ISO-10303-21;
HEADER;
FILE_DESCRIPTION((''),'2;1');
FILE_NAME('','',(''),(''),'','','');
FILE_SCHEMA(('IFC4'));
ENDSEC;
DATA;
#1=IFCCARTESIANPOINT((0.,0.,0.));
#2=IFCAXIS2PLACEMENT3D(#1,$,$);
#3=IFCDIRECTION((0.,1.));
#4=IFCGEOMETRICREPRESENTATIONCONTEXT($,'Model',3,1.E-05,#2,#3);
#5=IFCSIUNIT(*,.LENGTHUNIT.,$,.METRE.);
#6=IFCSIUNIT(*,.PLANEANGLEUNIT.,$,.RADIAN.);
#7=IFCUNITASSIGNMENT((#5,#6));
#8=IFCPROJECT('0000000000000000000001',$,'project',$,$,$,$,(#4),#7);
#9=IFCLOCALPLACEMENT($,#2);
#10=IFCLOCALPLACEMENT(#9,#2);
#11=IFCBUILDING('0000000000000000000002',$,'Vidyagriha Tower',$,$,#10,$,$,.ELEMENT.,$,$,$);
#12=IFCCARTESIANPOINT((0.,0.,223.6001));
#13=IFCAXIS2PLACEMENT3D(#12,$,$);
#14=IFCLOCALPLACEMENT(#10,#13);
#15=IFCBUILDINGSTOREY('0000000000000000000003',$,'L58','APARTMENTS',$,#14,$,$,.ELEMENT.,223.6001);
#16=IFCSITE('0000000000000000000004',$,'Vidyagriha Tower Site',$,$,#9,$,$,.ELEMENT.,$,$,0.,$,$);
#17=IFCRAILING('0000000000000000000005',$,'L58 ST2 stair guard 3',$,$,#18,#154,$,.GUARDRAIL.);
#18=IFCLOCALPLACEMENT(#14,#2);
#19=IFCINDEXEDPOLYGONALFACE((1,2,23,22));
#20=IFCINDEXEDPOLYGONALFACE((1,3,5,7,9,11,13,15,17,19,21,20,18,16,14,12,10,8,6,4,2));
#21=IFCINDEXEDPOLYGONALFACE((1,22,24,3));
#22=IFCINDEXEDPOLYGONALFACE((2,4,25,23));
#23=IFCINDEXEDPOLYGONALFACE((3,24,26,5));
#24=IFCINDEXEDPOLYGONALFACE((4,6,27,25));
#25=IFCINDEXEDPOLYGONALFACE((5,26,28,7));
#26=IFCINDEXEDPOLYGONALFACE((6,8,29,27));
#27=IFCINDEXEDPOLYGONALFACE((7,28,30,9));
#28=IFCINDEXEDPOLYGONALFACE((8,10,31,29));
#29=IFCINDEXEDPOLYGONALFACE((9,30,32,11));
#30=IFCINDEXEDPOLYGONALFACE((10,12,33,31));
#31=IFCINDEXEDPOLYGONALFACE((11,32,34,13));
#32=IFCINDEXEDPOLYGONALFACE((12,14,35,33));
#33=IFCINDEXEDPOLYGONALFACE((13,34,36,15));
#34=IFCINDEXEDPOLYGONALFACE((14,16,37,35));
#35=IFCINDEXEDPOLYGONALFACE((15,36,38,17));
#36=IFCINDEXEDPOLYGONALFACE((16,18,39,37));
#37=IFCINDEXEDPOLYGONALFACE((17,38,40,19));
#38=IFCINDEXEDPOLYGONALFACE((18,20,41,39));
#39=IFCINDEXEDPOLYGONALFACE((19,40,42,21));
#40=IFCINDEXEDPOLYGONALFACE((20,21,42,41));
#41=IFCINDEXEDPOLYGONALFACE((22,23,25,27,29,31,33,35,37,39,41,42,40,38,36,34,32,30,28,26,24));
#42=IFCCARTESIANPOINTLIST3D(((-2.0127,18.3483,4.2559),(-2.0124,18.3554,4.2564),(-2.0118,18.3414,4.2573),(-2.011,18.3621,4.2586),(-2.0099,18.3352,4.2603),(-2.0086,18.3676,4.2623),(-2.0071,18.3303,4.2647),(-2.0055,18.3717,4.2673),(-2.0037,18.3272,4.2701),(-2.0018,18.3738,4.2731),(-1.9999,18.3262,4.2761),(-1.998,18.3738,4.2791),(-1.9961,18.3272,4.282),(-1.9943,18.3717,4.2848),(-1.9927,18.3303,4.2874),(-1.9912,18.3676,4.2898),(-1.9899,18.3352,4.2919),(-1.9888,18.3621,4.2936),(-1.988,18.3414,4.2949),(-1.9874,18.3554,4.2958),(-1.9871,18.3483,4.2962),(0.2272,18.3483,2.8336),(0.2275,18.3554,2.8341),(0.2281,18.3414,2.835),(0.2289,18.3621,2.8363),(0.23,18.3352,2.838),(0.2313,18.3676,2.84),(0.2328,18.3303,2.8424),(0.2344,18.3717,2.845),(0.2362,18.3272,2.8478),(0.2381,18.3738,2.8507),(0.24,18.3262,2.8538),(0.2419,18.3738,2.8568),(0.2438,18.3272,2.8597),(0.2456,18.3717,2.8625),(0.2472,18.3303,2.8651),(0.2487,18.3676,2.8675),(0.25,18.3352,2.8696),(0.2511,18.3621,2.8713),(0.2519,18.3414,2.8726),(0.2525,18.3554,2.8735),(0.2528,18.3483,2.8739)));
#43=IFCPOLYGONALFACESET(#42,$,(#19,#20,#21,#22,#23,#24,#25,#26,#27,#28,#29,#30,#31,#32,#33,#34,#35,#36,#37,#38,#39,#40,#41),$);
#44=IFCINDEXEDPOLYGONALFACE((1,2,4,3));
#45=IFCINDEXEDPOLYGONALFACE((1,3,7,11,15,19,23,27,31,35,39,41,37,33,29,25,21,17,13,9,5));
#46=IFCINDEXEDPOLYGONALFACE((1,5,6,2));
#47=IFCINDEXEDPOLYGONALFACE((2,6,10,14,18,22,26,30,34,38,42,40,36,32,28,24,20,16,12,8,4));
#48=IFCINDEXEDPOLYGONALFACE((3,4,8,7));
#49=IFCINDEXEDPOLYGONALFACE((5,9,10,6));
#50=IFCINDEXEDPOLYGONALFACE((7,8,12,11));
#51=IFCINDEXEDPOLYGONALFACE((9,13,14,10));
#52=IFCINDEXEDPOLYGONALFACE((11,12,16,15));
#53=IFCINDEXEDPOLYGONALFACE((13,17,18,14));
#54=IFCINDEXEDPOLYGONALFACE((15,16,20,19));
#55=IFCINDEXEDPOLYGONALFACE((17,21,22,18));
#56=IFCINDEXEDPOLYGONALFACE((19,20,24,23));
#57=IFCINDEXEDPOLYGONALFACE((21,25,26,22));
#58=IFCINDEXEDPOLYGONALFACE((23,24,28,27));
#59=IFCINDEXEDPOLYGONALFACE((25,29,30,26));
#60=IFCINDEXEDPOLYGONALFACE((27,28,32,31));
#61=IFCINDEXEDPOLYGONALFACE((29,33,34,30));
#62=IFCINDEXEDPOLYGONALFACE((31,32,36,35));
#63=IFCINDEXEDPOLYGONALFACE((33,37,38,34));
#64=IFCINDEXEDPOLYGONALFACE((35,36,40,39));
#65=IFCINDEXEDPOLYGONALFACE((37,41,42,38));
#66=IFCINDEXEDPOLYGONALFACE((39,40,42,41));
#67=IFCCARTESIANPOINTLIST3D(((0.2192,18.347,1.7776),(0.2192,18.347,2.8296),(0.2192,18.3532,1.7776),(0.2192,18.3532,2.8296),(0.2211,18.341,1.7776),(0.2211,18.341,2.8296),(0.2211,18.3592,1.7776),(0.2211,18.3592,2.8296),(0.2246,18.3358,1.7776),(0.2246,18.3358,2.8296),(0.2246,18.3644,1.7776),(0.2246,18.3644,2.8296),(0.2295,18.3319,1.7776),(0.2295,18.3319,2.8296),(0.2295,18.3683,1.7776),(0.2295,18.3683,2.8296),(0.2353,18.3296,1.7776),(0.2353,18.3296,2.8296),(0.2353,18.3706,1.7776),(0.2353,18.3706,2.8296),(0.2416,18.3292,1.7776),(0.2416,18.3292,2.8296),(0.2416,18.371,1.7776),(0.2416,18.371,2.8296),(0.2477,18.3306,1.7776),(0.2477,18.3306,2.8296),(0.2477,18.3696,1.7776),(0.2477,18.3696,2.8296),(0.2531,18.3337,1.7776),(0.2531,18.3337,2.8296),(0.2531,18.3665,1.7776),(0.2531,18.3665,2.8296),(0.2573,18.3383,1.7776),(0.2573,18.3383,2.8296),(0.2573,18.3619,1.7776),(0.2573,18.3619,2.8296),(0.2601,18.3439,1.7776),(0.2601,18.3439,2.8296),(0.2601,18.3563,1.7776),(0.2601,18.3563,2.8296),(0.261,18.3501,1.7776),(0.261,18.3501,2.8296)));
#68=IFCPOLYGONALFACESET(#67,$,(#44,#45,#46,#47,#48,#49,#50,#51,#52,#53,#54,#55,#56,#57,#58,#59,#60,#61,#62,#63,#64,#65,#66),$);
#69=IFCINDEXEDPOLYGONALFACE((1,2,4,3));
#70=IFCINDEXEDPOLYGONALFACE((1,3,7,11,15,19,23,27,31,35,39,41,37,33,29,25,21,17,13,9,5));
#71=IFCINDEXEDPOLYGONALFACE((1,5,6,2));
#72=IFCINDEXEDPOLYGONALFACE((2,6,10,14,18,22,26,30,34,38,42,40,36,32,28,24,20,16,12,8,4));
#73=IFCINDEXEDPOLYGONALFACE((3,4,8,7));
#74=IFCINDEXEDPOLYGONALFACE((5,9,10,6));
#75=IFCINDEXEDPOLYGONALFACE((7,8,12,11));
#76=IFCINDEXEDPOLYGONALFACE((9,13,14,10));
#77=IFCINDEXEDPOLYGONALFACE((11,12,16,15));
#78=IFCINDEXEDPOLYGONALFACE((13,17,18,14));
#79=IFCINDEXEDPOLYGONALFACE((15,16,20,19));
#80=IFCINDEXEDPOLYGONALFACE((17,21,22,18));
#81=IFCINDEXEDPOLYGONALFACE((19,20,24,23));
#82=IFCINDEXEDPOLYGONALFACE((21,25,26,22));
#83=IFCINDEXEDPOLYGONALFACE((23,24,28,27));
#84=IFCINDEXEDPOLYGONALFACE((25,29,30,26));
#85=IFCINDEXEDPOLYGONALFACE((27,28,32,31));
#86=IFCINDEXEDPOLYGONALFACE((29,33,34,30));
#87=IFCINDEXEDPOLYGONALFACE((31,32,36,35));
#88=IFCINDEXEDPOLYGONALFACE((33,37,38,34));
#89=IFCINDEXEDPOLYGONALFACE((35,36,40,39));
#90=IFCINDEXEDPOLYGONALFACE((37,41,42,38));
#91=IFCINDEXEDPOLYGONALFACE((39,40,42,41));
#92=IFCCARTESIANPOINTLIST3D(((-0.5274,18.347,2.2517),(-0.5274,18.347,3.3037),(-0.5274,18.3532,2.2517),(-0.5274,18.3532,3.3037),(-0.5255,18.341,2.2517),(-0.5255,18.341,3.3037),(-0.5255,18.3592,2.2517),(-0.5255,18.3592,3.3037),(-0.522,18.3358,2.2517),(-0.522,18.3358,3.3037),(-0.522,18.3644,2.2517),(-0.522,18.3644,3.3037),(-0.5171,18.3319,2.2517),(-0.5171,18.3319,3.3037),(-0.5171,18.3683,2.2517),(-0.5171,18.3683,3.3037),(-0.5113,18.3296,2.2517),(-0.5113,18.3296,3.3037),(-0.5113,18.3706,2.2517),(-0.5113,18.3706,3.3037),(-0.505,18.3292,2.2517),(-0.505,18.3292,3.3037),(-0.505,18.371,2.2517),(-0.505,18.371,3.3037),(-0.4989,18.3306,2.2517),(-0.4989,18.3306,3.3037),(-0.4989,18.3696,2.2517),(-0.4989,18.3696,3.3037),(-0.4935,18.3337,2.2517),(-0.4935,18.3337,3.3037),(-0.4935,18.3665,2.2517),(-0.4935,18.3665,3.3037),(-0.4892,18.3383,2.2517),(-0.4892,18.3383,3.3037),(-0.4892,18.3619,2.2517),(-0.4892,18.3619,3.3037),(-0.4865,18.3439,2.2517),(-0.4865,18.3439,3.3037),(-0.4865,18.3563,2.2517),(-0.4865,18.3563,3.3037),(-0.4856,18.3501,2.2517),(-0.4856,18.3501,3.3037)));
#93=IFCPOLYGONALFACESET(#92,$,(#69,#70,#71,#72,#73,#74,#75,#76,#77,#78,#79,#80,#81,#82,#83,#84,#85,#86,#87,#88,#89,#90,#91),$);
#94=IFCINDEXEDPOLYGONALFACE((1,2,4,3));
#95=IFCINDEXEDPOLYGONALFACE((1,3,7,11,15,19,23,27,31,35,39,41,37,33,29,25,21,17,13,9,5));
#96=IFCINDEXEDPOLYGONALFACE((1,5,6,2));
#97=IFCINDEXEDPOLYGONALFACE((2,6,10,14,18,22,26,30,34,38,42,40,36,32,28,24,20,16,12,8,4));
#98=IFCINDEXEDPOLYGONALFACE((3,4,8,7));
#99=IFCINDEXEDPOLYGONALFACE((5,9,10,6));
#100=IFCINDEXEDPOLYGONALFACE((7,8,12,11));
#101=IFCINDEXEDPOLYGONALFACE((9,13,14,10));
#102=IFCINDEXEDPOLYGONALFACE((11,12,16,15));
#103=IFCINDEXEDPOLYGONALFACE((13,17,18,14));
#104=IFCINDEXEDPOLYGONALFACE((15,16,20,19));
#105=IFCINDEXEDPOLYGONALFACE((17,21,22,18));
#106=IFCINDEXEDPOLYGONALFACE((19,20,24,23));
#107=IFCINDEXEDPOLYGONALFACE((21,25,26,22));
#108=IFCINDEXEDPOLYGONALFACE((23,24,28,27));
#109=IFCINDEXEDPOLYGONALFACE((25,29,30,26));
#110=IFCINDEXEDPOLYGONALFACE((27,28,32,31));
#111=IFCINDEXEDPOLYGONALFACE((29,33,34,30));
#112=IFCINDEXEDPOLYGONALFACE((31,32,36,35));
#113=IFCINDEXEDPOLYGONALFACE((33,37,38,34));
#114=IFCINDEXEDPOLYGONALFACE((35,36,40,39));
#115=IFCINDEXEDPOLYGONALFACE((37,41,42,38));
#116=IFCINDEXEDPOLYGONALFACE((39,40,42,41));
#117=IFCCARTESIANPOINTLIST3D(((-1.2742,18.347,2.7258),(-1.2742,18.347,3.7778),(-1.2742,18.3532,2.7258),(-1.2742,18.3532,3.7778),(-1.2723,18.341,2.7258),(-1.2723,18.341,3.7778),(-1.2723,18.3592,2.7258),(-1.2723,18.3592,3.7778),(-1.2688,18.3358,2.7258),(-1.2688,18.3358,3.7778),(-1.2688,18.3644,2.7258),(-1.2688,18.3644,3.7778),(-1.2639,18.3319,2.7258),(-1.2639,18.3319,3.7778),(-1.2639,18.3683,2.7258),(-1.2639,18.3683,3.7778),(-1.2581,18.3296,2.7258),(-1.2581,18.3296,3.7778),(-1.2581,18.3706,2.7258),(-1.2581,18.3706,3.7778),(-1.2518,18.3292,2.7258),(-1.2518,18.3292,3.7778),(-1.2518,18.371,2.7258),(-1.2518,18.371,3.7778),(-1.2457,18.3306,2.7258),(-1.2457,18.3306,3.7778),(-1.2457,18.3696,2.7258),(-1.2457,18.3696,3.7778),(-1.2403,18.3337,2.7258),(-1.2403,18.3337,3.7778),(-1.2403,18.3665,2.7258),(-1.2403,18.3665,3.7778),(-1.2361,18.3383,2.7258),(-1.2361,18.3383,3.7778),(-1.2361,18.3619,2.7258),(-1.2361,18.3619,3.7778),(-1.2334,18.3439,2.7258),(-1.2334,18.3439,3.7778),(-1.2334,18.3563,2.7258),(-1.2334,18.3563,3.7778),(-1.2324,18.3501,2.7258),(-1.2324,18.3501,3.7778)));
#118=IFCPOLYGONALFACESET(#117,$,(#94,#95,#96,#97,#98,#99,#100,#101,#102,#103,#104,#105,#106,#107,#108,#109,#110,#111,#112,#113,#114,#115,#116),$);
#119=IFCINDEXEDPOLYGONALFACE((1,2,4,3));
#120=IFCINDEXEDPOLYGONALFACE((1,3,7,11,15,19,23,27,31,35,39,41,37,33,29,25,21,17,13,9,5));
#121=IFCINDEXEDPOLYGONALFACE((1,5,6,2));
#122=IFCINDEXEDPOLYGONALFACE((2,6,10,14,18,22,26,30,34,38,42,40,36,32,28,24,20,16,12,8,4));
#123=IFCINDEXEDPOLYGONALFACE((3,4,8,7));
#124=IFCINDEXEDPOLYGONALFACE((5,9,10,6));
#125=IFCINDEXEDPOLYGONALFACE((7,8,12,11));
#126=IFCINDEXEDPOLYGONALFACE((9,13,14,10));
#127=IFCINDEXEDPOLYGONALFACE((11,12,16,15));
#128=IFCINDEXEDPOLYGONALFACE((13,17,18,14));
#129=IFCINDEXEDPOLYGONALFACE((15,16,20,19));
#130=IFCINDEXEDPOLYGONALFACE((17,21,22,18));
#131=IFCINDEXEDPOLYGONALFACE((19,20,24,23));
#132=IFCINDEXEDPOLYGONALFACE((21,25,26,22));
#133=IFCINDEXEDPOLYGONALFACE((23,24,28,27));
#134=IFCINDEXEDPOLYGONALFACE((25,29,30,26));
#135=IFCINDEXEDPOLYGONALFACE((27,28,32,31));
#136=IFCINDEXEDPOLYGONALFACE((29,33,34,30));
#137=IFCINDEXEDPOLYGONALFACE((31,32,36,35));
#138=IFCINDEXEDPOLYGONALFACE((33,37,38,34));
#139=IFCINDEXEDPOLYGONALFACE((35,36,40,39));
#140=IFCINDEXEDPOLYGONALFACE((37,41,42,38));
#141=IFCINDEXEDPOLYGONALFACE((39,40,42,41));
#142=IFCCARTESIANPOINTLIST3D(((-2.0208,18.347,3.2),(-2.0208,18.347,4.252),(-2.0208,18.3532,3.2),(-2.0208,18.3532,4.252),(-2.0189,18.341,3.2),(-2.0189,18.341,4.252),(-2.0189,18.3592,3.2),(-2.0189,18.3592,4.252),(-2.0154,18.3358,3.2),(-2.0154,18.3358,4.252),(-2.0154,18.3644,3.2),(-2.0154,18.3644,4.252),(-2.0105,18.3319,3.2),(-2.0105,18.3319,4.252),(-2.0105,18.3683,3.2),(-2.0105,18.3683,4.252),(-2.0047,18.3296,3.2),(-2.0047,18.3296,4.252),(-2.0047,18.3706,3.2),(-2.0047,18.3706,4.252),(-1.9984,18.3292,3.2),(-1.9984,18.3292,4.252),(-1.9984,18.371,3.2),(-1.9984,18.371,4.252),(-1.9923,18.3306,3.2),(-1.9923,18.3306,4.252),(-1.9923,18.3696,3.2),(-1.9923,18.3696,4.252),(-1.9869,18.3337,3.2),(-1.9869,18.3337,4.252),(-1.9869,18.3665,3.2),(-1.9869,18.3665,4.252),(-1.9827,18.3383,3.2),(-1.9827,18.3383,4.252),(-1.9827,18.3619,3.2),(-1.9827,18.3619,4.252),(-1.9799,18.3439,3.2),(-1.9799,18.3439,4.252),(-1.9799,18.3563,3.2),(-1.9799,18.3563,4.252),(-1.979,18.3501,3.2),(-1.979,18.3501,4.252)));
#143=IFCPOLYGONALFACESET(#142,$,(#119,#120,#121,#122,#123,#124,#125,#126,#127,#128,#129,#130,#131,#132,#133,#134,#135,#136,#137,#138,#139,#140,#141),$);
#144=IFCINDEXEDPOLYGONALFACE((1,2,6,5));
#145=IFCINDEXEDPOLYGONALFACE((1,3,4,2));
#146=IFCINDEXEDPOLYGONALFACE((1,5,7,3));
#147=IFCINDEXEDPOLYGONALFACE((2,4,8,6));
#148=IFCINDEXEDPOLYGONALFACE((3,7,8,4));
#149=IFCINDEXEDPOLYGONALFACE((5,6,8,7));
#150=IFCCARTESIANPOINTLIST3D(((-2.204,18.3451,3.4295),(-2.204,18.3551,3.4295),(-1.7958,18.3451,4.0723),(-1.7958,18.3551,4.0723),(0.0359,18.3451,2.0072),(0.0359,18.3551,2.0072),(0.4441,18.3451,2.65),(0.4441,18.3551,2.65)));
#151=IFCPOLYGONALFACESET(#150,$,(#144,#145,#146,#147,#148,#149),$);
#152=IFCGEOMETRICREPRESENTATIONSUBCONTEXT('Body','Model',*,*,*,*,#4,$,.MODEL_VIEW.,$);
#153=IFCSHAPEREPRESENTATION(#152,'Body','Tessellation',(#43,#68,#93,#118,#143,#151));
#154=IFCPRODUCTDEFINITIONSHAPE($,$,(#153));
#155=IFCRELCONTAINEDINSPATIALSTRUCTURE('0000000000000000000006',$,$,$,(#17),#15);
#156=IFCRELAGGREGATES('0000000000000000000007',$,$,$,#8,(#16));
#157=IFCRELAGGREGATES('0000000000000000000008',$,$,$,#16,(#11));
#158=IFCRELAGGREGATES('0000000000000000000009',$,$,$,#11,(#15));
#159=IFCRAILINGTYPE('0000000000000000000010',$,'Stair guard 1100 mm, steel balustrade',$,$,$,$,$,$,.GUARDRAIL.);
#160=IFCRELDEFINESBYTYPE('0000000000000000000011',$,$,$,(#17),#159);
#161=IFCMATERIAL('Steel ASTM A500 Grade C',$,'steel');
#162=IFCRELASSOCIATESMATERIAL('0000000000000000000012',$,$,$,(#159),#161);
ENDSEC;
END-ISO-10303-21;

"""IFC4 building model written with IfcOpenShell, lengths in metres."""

from ifc_helpers import new_model, si_unit, direction, frame, origin, origin_2d, place, context, subcontext, project, spatial, rectangle, circle, extrude, material, type_object, element, save


model = new_model("IFC4")

# Units and contexts
model_context = context("Model", 3, precision=1e-05, world=origin(), true_north=direction((0.0, 1.0)))
body_context = subcontext(model_context, "Body", "Model", "MODEL_VIEW")
ifc_project = project(units=[si_unit("LENGTHUNIT", "METRE"), si_unit("PLANEANGLEUNIT", "RADIAN")], contexts=[model_context])

# Site, building, storey
site_placement = place(None, origin())
site = spatial("IfcSite", under=ifc_project, at=site_placement, Name="Vidyagriha Tower Site", CompositionType="ELEMENT", RefElevation=0.0)
building_placement = place(site_placement, origin())
building = spatial("IfcBuilding", under=site, at=building_placement, Name="Vidyagriha Tower", CompositionType="ELEMENT")
storey_placement = place(building_placement, frame((0.0, 0.0, 223.6001)))
storey = spatial("IfcBuildingStorey", under=building, at=storey_placement, Name="L58", Description="APARTMENTS", CompositionType="ELEMENT", Elevation=223.6001)

# Railing
ifc_material_1 = material(Name="Steel ASTM A500 Grade C", Category="steel")
railing_type_1 = type_object("IfcRailingType", Name="Stair guard 1100 mm, steel balustrade", PredefinedType="GUARDRAIL", material=ifc_material_1)
railing_1_placement = place(storey_placement, frame((0.24, 18.3501, 1.7776)))
element("IfcRailing", 1, at=railing_1_placement, inside=storey, type_object=railing_type_1, Name="L58 ST2 stair guard 3", PredefinedType="GUARDRAIL", context=body_context, shape_type="SweptSolid", body=[
    extrude(circle(Radius=0.0239, at=origin_2d()), frame((0.0, 0.0, 1.0762), z_axis=(-0.844188, 0.0, 0.536048), x_axis=(0.0, -1.0, 0.0)), (0.0, 0.0, 1.0), 2.6533),
    extrude(circle(Radius=0.021, at=origin_2d()), origin(), (0.0, 0.0, 1.0), 1.052),
    extrude(circle(Radius=0.021, at=origin_2d()), frame((-0.7466, 0.0, 0.4741)), (0.0, 0.0, 1.0), 1.052),
    extrude(circle(Radius=0.021, at=origin_2d()), frame((-1.4934, 0.0, 0.9482)), (0.0, 0.0, 1.0), 1.052),
    extrude(circle(Radius=0.021, at=origin_2d()), frame((-2.24, 0.0, 1.4224)), (0.0, 0.0, 1.0), 1.052),
    extrude(rectangle(XDim=0.01, YDim=0.7615, at=origin_2d()), frame((0.0, 0.0, 0.551), z_axis=(-0.844188, 0.0, 0.536048), x_axis=(0.0, -1.0, 0.0)), (0.0, 0.0, 1.0), 2.6533),
])

save(model, "model.ifc")
